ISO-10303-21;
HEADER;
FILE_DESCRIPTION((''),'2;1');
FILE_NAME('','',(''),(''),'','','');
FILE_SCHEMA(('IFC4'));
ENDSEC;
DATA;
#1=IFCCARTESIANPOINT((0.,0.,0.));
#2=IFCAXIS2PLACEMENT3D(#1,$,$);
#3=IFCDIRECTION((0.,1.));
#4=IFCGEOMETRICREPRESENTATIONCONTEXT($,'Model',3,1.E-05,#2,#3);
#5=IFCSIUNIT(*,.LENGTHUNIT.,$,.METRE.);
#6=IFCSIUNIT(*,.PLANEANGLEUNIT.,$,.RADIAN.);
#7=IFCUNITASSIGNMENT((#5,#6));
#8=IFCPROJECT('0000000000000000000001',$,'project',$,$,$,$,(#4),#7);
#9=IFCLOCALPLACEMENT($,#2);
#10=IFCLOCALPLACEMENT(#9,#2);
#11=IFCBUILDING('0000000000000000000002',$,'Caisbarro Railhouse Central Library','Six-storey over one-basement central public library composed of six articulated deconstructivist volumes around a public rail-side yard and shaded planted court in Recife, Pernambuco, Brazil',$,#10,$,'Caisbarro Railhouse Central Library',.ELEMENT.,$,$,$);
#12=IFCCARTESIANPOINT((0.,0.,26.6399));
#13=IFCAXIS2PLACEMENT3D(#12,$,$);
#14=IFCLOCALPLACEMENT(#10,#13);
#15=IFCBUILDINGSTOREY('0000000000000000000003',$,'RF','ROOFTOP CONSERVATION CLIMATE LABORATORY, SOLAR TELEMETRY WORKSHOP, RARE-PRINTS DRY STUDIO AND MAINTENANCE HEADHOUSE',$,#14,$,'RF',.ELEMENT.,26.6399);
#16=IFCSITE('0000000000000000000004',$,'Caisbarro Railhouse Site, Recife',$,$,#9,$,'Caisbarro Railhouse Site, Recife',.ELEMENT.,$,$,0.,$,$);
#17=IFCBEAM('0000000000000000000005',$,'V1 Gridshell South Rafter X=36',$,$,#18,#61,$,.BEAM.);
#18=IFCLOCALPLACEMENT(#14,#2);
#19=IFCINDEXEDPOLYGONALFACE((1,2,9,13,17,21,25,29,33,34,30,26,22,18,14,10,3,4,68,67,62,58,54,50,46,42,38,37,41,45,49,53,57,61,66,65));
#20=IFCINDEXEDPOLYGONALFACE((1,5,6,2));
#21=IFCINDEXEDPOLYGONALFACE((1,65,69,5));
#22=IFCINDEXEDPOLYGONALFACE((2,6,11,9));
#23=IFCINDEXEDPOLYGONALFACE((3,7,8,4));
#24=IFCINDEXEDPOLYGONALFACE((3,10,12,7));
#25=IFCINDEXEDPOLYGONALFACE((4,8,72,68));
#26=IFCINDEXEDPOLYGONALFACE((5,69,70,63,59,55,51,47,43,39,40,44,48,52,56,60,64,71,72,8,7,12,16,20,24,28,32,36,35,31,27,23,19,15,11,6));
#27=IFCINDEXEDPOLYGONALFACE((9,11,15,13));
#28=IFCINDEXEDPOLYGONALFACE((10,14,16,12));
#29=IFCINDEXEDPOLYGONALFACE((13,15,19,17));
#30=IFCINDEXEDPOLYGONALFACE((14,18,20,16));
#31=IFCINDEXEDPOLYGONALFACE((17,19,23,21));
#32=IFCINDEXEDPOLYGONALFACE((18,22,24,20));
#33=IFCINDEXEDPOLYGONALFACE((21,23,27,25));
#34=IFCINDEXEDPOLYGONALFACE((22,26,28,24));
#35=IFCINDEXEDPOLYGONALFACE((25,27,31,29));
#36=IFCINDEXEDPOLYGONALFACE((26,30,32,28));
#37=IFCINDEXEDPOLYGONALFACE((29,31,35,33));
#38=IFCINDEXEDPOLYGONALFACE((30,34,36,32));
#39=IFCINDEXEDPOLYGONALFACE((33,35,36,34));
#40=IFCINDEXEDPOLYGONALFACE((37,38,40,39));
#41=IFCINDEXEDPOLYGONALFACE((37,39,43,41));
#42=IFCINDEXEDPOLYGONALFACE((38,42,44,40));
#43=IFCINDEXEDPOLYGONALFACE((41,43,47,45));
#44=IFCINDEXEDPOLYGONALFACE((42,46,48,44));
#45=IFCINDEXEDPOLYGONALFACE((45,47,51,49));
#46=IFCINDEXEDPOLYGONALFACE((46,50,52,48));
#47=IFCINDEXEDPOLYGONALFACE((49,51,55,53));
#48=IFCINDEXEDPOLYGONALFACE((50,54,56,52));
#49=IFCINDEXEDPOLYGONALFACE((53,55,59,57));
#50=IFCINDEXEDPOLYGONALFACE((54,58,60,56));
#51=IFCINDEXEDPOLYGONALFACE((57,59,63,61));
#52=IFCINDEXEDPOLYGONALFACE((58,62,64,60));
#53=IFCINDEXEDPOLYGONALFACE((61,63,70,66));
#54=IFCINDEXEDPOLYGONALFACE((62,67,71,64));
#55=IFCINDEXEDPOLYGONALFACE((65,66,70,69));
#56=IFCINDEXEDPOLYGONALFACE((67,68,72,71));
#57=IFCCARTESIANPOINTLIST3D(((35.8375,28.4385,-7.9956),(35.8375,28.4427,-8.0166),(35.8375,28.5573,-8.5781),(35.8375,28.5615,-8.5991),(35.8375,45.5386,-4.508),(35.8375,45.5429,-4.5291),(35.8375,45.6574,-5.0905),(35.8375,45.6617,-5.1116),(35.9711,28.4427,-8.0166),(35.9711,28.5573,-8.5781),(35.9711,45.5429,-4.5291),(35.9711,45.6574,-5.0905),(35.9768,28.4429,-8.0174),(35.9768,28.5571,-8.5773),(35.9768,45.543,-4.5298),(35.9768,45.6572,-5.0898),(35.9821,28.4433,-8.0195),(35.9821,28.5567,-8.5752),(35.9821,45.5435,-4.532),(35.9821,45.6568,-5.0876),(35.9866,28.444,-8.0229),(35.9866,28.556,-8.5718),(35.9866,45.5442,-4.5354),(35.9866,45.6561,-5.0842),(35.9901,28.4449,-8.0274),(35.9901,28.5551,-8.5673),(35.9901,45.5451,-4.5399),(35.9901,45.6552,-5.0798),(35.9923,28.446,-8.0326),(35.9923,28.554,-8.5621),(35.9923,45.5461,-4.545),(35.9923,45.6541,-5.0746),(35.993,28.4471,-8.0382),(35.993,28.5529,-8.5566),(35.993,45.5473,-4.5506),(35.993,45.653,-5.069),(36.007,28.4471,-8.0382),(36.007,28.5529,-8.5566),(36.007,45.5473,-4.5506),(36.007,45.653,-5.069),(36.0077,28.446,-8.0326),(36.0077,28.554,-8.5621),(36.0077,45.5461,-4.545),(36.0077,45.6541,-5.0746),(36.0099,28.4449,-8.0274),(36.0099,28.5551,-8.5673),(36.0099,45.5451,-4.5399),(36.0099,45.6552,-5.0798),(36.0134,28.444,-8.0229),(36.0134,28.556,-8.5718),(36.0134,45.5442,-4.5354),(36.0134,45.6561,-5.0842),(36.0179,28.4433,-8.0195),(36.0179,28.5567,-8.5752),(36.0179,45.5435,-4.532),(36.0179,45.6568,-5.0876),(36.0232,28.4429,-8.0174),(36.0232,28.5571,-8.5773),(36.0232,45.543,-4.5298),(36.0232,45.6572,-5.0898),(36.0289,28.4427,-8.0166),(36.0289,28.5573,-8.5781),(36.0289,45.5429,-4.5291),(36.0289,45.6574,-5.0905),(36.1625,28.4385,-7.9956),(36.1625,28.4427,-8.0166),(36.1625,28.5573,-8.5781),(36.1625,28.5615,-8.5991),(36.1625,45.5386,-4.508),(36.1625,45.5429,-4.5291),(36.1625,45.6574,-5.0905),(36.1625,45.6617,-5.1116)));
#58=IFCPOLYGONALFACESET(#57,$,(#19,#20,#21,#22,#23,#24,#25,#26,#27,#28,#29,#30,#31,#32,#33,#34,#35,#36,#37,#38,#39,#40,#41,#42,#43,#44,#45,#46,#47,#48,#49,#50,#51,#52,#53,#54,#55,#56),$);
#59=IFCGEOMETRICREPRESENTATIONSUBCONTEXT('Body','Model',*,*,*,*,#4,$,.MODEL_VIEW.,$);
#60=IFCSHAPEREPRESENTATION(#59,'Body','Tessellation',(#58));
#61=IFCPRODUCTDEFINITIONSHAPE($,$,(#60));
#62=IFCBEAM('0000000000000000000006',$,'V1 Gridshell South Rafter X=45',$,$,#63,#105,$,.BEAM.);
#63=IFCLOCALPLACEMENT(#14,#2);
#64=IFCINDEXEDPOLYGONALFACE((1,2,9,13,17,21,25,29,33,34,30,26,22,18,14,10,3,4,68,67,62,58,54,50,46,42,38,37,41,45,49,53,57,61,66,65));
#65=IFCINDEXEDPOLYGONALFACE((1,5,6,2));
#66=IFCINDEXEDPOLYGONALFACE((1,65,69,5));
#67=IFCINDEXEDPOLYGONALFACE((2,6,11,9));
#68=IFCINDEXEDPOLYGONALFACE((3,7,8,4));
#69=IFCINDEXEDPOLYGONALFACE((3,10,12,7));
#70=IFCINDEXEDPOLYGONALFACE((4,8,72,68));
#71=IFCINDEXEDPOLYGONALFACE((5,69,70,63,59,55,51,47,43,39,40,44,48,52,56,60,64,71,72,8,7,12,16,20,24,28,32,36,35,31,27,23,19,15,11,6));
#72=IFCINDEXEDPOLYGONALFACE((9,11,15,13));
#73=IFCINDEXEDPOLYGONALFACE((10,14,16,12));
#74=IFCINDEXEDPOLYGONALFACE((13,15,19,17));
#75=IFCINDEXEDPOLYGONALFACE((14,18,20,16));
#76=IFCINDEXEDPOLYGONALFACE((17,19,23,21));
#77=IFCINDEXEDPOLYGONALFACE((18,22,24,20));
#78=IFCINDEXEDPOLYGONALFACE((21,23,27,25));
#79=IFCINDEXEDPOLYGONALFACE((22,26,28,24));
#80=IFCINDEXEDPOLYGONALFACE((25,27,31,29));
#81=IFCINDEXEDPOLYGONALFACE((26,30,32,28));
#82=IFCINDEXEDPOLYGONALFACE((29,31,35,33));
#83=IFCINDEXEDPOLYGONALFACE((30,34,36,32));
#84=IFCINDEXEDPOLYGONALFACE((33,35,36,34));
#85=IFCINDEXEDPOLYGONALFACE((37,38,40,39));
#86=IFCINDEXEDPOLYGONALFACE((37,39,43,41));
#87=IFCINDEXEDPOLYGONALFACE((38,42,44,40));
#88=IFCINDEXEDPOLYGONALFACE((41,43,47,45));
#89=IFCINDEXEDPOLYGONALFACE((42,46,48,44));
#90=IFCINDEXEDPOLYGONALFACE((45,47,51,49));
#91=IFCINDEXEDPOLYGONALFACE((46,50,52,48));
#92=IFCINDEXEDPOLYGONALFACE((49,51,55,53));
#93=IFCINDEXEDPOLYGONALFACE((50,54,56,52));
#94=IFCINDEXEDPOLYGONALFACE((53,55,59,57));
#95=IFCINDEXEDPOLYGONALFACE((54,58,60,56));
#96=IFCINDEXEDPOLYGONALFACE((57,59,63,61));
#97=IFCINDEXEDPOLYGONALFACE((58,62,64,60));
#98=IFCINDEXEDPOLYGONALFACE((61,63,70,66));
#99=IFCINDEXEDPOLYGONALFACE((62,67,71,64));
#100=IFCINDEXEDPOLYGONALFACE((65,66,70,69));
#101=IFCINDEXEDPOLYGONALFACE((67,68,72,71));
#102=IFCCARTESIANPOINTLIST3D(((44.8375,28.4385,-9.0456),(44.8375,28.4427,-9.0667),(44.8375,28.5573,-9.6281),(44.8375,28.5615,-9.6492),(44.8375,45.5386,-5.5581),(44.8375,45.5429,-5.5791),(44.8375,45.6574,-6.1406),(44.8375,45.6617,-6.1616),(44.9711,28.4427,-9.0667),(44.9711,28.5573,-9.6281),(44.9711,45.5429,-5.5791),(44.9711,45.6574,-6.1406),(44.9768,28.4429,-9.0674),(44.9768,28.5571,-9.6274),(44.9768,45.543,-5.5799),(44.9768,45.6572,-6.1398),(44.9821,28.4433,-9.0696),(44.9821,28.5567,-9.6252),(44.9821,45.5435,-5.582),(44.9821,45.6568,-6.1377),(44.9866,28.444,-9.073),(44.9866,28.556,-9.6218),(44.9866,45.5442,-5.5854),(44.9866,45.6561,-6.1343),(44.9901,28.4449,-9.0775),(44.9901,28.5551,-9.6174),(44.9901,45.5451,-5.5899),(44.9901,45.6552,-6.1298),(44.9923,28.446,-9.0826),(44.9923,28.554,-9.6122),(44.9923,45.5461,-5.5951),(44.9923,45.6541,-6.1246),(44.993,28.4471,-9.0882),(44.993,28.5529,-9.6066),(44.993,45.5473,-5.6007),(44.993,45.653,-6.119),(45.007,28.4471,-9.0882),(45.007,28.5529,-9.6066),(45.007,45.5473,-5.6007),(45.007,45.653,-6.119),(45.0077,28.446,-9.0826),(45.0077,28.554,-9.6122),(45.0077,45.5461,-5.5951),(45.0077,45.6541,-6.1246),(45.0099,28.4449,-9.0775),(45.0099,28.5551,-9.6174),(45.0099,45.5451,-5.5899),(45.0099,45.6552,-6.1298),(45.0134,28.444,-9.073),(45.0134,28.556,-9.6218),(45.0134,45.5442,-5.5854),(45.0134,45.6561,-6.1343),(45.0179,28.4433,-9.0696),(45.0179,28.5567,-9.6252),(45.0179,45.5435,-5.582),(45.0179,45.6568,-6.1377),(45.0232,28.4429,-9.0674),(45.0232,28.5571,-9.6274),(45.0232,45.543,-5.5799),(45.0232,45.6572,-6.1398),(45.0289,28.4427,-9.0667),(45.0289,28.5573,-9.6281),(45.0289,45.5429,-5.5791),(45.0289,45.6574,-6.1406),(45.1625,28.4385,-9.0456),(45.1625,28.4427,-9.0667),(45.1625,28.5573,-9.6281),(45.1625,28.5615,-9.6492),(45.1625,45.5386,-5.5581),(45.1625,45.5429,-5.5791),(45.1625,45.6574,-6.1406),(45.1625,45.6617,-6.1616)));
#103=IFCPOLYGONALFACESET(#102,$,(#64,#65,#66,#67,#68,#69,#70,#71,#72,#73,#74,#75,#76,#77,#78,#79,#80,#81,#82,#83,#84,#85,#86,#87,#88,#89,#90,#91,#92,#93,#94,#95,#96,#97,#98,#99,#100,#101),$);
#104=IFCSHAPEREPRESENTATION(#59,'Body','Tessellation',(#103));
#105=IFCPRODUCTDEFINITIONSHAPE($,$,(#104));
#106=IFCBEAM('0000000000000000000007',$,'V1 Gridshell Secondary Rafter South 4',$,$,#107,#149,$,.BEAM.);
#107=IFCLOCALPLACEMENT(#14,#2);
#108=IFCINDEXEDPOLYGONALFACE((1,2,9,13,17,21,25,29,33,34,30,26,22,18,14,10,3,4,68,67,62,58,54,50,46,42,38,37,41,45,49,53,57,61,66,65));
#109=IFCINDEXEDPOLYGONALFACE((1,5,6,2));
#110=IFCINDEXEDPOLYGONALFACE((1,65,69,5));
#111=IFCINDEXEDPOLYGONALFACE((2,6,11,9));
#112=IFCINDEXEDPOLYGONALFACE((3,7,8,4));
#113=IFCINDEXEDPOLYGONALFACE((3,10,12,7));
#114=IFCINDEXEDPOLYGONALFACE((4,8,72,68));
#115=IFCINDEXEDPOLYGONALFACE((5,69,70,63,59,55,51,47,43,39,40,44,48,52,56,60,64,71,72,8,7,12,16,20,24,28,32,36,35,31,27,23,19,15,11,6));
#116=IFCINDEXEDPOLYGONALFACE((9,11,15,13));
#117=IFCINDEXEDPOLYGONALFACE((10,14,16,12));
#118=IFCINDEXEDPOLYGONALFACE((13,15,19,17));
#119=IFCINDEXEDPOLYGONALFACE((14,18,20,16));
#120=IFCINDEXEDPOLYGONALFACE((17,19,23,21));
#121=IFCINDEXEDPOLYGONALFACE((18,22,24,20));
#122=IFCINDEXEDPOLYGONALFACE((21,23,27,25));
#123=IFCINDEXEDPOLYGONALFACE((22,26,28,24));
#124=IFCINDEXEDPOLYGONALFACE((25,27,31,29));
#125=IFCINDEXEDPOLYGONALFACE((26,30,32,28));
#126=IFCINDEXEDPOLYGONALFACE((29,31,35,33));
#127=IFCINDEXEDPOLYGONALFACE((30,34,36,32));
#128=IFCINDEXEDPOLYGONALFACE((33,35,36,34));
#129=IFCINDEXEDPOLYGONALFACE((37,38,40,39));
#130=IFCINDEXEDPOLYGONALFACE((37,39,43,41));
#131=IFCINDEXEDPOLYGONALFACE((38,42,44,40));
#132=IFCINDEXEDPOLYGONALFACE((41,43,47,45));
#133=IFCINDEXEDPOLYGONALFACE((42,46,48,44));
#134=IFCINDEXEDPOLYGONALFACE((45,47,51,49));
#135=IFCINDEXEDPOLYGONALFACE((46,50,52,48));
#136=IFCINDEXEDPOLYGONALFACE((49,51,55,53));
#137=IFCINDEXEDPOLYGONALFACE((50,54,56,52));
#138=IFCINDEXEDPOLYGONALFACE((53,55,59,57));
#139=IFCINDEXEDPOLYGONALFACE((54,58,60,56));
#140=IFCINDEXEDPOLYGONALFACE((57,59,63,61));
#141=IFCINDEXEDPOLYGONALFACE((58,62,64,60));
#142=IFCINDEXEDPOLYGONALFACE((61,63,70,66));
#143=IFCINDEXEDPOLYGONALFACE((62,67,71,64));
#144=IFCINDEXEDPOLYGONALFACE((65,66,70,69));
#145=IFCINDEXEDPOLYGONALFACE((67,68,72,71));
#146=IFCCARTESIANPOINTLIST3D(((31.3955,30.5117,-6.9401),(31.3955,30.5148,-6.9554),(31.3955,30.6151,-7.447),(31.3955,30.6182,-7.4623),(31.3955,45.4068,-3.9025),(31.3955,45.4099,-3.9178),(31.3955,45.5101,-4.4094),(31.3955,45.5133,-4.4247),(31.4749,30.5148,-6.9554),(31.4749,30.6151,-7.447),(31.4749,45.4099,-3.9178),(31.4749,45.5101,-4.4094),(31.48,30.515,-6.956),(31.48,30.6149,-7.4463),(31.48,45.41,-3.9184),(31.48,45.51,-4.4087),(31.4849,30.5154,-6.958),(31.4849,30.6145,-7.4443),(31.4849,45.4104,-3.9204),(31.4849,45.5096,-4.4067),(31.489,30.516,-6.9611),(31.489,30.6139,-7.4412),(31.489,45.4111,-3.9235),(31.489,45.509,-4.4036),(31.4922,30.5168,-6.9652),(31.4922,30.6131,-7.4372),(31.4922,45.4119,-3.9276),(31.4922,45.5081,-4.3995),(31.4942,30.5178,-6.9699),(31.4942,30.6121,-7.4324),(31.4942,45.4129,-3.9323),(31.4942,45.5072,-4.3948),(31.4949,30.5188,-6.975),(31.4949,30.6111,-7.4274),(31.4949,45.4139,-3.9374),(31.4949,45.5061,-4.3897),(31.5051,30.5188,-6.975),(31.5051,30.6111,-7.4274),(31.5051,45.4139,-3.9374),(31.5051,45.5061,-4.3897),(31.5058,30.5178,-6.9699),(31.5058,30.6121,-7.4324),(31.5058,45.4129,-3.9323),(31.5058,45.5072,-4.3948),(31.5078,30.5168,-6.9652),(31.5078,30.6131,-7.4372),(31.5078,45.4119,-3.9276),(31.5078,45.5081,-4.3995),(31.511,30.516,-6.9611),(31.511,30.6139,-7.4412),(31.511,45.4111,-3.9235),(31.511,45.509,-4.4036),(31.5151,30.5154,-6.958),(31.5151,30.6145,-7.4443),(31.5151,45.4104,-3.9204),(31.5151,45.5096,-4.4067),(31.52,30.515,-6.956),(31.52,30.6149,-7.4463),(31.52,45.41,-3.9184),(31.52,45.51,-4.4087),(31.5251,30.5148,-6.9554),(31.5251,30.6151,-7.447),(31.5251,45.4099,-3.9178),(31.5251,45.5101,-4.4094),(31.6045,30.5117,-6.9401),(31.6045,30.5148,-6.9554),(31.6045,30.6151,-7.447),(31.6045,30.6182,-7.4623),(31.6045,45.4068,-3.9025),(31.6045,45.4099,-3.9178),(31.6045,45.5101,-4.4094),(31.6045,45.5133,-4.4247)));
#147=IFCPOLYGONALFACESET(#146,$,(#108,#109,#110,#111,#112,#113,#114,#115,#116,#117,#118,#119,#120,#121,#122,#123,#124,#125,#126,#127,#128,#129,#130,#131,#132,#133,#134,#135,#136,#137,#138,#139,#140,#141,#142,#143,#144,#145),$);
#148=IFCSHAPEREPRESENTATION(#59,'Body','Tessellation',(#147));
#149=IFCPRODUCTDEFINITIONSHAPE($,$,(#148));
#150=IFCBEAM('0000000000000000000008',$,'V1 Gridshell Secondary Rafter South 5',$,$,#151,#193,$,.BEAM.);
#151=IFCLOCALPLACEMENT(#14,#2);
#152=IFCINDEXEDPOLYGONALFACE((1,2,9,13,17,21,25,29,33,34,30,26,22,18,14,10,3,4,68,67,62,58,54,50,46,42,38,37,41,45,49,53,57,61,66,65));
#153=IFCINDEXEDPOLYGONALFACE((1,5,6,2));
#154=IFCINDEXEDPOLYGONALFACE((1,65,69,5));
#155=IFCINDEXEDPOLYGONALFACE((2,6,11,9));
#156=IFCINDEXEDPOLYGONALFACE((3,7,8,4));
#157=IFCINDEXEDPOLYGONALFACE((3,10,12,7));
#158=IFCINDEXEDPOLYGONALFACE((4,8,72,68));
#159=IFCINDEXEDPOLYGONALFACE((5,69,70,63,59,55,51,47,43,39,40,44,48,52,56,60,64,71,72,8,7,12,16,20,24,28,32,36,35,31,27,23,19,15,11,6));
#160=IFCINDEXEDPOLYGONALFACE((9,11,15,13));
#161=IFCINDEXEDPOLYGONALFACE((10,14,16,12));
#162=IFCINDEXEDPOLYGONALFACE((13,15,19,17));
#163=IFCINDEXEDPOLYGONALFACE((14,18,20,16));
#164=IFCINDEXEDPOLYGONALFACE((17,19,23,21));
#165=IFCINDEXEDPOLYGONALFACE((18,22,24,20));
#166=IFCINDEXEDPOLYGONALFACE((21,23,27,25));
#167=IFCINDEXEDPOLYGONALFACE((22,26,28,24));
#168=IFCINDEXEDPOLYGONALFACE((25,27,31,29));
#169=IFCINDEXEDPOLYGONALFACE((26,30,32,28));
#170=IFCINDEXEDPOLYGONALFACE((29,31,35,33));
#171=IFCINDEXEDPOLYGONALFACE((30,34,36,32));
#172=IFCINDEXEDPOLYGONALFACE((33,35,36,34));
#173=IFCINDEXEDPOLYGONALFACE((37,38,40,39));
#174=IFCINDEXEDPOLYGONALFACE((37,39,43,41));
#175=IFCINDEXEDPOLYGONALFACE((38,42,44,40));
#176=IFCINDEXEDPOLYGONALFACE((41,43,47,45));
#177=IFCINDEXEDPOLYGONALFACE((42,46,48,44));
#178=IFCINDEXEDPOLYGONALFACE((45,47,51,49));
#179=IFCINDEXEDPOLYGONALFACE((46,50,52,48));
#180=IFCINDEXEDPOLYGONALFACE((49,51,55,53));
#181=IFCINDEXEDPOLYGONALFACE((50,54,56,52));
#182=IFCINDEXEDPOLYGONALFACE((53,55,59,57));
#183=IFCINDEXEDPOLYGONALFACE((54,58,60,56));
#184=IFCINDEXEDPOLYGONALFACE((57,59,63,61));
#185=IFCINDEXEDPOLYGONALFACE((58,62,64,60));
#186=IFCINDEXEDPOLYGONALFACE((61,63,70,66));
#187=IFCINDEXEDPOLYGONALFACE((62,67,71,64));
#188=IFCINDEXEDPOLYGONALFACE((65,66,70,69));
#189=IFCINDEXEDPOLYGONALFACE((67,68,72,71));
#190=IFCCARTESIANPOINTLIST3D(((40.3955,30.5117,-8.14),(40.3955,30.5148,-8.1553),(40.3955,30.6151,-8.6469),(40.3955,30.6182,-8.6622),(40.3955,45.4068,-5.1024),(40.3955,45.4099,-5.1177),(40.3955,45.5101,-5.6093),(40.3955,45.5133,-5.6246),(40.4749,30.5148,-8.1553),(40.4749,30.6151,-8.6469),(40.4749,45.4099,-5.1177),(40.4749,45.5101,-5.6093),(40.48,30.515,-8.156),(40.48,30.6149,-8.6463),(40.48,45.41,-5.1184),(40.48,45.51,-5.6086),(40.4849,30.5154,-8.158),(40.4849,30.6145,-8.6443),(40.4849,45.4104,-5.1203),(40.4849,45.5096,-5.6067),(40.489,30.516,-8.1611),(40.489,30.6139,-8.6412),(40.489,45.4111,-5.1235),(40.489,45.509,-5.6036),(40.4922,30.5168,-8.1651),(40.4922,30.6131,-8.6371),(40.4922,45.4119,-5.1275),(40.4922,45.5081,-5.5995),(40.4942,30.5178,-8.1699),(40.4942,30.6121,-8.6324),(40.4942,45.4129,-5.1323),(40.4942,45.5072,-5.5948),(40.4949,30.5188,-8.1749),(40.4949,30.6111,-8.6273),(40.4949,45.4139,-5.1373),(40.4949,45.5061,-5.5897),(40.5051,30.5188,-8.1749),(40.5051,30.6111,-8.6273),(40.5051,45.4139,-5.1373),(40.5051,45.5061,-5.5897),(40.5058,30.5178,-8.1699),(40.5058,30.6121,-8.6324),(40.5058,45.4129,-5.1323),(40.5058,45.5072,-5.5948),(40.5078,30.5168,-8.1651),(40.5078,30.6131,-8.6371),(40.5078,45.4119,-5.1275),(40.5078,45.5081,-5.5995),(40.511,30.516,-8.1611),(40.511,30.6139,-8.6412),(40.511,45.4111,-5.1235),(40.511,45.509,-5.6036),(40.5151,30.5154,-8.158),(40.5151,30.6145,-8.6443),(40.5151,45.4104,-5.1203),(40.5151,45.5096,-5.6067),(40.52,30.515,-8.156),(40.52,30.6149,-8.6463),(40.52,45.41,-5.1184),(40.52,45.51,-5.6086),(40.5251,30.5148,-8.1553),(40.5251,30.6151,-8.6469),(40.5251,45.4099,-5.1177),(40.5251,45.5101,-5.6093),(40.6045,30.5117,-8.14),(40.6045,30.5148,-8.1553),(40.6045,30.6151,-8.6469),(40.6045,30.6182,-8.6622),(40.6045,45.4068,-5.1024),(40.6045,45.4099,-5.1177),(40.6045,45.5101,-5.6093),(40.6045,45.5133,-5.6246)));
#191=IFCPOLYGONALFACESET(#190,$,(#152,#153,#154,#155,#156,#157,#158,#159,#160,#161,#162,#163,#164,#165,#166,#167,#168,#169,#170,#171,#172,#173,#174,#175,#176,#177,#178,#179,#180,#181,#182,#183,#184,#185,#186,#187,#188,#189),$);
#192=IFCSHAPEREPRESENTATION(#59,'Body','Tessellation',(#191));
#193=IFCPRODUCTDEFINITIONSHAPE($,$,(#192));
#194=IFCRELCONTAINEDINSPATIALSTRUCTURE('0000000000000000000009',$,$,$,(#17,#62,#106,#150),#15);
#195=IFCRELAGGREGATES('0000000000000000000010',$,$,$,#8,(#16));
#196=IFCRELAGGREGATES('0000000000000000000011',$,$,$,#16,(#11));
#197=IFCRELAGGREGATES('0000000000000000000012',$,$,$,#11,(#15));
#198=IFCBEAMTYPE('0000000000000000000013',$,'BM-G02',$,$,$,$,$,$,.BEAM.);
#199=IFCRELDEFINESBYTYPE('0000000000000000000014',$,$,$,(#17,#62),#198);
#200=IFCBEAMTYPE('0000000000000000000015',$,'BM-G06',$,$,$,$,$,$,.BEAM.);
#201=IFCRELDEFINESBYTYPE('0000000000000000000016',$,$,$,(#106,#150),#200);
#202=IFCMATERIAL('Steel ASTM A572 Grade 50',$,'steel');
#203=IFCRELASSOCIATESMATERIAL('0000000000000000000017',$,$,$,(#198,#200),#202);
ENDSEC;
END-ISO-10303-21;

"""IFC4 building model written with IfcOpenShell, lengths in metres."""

from ifc_helpers import new_model, si_unit, direction, frame, origin, origin_2d, place, context, subcontext, project, spatial, i_section, extrude, material, material_profile, profile_set, type_object, element, save


model = new_model("IFC4")

# Units and contexts
model_context = context("Model", 3, precision=1e-05, world=origin(), true_north=direction((0.0, 1.0)))
body_context = subcontext(model_context, "Body", "Model", "MODEL_VIEW")
ifc_project = project(units=[si_unit("LENGTHUNIT", "METRE"), si_unit("PLANEANGLEUNIT", "RADIAN")], contexts=[model_context])

# Site, building, storey
site_placement = place(None, origin())
site = spatial("IfcSite", under=ifc_project, at=site_placement, Name="Caisbarro Railhouse Site, Recife", LongName="Caisbarro Railhouse Site, Recife", CompositionType="ELEMENT", RefElevation=0.0)
building_placement = place(site_placement, origin())
building = spatial("IfcBuilding", under=site, at=building_placement, Name="Caisbarro Railhouse Central Library", Description="Six-storey over one-basement central public library composed of six articulated deconstructivist volumes around a public rail-side yard and shaded planted court in Recife, Pernambuco, Brazil", LongName="Caisbarro Railhouse Central Library", CompositionType="ELEMENT")
storey_placement = place(building_placement, frame((0.0, 0.0, 26.6399)))
storey = spatial("IfcBuildingStorey", under=building, at=storey_placement, Name="RF", Description="ROOFTOP CONSERVATION CLIMATE LABORATORY, SOLAR TELEMETRY WORKSHOP, RARE-PRINTS DRY STUDIO AND MAINTENANCE HEADHOUSE", LongName="RF", CompositionType="ELEMENT", Elevation=26.6399)

# Beams
ifc_material_1 = material(Name="Steel ASTM A572 Grade 50", Category="steel")
ifc_material_profile_1 = material_profile(ifc_material_1, i_section(OverallWidth=0.325, OverallDepth=0.616, WebThickness=0.0139, FlangeThickness=0.0215, FilletRadius=0.022, at=origin_2d()), Name="W610X174.0")
ifc_profile_set_1 = profile_set([ifc_material_profile_1], Name="Steel ASTM A572 Grade 50")
beam_type_1 = type_object("IfcBeamType", Name="BM-G02", PredefinedType="BEAM", material=ifc_profile_set_1)
for number, where, z_axis, x_axis, name in (
    (1, (36.0, 28.5, -8.2974), (0.0, 0.97983, 0.199835), (-1.0, 0.0, 0.0), "V1 Gridshell South Rafter X=36"),
    (2, (45.0, 28.5, -9.3474), (0.0, 0.97983, 0.199835), (-1.0, 0.0, 0.0), "V1 Gridshell South Rafter X=45"),
):
    element("IfcBeam", number, at=place(storey_placement, frame(where, z_axis=z_axis, x_axis=x_axis)), inside=storey, type_object=beam_type_1, Name=name, PredefinedType="BEAM", context=body_context, shape_type="SweptSolid", body=[
        extrude(i_section(OverallWidth=0.325, OverallDepth=0.616, WebThickness=0.0139, FlangeThickness=0.0215, FilletRadius=0.022, at=origin_2d()), origin(), (0.0, 0.0, 1.0), 17.4521),
    ])
ifc_material_profile_2 = material_profile(ifc_material_1, i_section(OverallWidth=0.209, OverallDepth=0.533, WebThickness=0.0103, FlangeThickness=0.0156, FilletRadius=0.02, at=origin_2d()), Name="W530X92.0")
ifc_profile_set_2 = profile_set([ifc_material_profile_2], Name="Steel ASTM A572 Grade 50")
beam_type_2 = type_object("IfcBeamType", Name="BM-G06", PredefinedType="BEAM", material=ifc_profile_set_2)
for number, where, z_axis, x_axis, name in (
    (3, (31.5, 30.5649, -7.2012), (0.0, 0.979832, 0.199821), (-1.0, 0.0, 0.0), "V1 Gridshell Secondary Rafter South 4"),
    (4, (40.5, 30.5649, -8.4011), (0.0, 0.979832, 0.199821), (-1.0, 0.0, 0.0), "V1 Gridshell Secondary Rafter South 5"),
):
    element("IfcBeam", number, at=place(storey_placement, frame(where, z_axis=z_axis, x_axis=x_axis)), inside=storey, type_object=beam_type_2, Name=name, PredefinedType="BEAM", context=body_context, shape_type="SweptSolid", body=[
        extrude(i_section(OverallWidth=0.209, OverallDepth=0.533, WebThickness=0.0103, FlangeThickness=0.0156, FilletRadius=0.02, at=origin_2d()), origin(), (0.0, 0.0, 1.0), 15.2017),
    ])

save(model, "model.ifc")
